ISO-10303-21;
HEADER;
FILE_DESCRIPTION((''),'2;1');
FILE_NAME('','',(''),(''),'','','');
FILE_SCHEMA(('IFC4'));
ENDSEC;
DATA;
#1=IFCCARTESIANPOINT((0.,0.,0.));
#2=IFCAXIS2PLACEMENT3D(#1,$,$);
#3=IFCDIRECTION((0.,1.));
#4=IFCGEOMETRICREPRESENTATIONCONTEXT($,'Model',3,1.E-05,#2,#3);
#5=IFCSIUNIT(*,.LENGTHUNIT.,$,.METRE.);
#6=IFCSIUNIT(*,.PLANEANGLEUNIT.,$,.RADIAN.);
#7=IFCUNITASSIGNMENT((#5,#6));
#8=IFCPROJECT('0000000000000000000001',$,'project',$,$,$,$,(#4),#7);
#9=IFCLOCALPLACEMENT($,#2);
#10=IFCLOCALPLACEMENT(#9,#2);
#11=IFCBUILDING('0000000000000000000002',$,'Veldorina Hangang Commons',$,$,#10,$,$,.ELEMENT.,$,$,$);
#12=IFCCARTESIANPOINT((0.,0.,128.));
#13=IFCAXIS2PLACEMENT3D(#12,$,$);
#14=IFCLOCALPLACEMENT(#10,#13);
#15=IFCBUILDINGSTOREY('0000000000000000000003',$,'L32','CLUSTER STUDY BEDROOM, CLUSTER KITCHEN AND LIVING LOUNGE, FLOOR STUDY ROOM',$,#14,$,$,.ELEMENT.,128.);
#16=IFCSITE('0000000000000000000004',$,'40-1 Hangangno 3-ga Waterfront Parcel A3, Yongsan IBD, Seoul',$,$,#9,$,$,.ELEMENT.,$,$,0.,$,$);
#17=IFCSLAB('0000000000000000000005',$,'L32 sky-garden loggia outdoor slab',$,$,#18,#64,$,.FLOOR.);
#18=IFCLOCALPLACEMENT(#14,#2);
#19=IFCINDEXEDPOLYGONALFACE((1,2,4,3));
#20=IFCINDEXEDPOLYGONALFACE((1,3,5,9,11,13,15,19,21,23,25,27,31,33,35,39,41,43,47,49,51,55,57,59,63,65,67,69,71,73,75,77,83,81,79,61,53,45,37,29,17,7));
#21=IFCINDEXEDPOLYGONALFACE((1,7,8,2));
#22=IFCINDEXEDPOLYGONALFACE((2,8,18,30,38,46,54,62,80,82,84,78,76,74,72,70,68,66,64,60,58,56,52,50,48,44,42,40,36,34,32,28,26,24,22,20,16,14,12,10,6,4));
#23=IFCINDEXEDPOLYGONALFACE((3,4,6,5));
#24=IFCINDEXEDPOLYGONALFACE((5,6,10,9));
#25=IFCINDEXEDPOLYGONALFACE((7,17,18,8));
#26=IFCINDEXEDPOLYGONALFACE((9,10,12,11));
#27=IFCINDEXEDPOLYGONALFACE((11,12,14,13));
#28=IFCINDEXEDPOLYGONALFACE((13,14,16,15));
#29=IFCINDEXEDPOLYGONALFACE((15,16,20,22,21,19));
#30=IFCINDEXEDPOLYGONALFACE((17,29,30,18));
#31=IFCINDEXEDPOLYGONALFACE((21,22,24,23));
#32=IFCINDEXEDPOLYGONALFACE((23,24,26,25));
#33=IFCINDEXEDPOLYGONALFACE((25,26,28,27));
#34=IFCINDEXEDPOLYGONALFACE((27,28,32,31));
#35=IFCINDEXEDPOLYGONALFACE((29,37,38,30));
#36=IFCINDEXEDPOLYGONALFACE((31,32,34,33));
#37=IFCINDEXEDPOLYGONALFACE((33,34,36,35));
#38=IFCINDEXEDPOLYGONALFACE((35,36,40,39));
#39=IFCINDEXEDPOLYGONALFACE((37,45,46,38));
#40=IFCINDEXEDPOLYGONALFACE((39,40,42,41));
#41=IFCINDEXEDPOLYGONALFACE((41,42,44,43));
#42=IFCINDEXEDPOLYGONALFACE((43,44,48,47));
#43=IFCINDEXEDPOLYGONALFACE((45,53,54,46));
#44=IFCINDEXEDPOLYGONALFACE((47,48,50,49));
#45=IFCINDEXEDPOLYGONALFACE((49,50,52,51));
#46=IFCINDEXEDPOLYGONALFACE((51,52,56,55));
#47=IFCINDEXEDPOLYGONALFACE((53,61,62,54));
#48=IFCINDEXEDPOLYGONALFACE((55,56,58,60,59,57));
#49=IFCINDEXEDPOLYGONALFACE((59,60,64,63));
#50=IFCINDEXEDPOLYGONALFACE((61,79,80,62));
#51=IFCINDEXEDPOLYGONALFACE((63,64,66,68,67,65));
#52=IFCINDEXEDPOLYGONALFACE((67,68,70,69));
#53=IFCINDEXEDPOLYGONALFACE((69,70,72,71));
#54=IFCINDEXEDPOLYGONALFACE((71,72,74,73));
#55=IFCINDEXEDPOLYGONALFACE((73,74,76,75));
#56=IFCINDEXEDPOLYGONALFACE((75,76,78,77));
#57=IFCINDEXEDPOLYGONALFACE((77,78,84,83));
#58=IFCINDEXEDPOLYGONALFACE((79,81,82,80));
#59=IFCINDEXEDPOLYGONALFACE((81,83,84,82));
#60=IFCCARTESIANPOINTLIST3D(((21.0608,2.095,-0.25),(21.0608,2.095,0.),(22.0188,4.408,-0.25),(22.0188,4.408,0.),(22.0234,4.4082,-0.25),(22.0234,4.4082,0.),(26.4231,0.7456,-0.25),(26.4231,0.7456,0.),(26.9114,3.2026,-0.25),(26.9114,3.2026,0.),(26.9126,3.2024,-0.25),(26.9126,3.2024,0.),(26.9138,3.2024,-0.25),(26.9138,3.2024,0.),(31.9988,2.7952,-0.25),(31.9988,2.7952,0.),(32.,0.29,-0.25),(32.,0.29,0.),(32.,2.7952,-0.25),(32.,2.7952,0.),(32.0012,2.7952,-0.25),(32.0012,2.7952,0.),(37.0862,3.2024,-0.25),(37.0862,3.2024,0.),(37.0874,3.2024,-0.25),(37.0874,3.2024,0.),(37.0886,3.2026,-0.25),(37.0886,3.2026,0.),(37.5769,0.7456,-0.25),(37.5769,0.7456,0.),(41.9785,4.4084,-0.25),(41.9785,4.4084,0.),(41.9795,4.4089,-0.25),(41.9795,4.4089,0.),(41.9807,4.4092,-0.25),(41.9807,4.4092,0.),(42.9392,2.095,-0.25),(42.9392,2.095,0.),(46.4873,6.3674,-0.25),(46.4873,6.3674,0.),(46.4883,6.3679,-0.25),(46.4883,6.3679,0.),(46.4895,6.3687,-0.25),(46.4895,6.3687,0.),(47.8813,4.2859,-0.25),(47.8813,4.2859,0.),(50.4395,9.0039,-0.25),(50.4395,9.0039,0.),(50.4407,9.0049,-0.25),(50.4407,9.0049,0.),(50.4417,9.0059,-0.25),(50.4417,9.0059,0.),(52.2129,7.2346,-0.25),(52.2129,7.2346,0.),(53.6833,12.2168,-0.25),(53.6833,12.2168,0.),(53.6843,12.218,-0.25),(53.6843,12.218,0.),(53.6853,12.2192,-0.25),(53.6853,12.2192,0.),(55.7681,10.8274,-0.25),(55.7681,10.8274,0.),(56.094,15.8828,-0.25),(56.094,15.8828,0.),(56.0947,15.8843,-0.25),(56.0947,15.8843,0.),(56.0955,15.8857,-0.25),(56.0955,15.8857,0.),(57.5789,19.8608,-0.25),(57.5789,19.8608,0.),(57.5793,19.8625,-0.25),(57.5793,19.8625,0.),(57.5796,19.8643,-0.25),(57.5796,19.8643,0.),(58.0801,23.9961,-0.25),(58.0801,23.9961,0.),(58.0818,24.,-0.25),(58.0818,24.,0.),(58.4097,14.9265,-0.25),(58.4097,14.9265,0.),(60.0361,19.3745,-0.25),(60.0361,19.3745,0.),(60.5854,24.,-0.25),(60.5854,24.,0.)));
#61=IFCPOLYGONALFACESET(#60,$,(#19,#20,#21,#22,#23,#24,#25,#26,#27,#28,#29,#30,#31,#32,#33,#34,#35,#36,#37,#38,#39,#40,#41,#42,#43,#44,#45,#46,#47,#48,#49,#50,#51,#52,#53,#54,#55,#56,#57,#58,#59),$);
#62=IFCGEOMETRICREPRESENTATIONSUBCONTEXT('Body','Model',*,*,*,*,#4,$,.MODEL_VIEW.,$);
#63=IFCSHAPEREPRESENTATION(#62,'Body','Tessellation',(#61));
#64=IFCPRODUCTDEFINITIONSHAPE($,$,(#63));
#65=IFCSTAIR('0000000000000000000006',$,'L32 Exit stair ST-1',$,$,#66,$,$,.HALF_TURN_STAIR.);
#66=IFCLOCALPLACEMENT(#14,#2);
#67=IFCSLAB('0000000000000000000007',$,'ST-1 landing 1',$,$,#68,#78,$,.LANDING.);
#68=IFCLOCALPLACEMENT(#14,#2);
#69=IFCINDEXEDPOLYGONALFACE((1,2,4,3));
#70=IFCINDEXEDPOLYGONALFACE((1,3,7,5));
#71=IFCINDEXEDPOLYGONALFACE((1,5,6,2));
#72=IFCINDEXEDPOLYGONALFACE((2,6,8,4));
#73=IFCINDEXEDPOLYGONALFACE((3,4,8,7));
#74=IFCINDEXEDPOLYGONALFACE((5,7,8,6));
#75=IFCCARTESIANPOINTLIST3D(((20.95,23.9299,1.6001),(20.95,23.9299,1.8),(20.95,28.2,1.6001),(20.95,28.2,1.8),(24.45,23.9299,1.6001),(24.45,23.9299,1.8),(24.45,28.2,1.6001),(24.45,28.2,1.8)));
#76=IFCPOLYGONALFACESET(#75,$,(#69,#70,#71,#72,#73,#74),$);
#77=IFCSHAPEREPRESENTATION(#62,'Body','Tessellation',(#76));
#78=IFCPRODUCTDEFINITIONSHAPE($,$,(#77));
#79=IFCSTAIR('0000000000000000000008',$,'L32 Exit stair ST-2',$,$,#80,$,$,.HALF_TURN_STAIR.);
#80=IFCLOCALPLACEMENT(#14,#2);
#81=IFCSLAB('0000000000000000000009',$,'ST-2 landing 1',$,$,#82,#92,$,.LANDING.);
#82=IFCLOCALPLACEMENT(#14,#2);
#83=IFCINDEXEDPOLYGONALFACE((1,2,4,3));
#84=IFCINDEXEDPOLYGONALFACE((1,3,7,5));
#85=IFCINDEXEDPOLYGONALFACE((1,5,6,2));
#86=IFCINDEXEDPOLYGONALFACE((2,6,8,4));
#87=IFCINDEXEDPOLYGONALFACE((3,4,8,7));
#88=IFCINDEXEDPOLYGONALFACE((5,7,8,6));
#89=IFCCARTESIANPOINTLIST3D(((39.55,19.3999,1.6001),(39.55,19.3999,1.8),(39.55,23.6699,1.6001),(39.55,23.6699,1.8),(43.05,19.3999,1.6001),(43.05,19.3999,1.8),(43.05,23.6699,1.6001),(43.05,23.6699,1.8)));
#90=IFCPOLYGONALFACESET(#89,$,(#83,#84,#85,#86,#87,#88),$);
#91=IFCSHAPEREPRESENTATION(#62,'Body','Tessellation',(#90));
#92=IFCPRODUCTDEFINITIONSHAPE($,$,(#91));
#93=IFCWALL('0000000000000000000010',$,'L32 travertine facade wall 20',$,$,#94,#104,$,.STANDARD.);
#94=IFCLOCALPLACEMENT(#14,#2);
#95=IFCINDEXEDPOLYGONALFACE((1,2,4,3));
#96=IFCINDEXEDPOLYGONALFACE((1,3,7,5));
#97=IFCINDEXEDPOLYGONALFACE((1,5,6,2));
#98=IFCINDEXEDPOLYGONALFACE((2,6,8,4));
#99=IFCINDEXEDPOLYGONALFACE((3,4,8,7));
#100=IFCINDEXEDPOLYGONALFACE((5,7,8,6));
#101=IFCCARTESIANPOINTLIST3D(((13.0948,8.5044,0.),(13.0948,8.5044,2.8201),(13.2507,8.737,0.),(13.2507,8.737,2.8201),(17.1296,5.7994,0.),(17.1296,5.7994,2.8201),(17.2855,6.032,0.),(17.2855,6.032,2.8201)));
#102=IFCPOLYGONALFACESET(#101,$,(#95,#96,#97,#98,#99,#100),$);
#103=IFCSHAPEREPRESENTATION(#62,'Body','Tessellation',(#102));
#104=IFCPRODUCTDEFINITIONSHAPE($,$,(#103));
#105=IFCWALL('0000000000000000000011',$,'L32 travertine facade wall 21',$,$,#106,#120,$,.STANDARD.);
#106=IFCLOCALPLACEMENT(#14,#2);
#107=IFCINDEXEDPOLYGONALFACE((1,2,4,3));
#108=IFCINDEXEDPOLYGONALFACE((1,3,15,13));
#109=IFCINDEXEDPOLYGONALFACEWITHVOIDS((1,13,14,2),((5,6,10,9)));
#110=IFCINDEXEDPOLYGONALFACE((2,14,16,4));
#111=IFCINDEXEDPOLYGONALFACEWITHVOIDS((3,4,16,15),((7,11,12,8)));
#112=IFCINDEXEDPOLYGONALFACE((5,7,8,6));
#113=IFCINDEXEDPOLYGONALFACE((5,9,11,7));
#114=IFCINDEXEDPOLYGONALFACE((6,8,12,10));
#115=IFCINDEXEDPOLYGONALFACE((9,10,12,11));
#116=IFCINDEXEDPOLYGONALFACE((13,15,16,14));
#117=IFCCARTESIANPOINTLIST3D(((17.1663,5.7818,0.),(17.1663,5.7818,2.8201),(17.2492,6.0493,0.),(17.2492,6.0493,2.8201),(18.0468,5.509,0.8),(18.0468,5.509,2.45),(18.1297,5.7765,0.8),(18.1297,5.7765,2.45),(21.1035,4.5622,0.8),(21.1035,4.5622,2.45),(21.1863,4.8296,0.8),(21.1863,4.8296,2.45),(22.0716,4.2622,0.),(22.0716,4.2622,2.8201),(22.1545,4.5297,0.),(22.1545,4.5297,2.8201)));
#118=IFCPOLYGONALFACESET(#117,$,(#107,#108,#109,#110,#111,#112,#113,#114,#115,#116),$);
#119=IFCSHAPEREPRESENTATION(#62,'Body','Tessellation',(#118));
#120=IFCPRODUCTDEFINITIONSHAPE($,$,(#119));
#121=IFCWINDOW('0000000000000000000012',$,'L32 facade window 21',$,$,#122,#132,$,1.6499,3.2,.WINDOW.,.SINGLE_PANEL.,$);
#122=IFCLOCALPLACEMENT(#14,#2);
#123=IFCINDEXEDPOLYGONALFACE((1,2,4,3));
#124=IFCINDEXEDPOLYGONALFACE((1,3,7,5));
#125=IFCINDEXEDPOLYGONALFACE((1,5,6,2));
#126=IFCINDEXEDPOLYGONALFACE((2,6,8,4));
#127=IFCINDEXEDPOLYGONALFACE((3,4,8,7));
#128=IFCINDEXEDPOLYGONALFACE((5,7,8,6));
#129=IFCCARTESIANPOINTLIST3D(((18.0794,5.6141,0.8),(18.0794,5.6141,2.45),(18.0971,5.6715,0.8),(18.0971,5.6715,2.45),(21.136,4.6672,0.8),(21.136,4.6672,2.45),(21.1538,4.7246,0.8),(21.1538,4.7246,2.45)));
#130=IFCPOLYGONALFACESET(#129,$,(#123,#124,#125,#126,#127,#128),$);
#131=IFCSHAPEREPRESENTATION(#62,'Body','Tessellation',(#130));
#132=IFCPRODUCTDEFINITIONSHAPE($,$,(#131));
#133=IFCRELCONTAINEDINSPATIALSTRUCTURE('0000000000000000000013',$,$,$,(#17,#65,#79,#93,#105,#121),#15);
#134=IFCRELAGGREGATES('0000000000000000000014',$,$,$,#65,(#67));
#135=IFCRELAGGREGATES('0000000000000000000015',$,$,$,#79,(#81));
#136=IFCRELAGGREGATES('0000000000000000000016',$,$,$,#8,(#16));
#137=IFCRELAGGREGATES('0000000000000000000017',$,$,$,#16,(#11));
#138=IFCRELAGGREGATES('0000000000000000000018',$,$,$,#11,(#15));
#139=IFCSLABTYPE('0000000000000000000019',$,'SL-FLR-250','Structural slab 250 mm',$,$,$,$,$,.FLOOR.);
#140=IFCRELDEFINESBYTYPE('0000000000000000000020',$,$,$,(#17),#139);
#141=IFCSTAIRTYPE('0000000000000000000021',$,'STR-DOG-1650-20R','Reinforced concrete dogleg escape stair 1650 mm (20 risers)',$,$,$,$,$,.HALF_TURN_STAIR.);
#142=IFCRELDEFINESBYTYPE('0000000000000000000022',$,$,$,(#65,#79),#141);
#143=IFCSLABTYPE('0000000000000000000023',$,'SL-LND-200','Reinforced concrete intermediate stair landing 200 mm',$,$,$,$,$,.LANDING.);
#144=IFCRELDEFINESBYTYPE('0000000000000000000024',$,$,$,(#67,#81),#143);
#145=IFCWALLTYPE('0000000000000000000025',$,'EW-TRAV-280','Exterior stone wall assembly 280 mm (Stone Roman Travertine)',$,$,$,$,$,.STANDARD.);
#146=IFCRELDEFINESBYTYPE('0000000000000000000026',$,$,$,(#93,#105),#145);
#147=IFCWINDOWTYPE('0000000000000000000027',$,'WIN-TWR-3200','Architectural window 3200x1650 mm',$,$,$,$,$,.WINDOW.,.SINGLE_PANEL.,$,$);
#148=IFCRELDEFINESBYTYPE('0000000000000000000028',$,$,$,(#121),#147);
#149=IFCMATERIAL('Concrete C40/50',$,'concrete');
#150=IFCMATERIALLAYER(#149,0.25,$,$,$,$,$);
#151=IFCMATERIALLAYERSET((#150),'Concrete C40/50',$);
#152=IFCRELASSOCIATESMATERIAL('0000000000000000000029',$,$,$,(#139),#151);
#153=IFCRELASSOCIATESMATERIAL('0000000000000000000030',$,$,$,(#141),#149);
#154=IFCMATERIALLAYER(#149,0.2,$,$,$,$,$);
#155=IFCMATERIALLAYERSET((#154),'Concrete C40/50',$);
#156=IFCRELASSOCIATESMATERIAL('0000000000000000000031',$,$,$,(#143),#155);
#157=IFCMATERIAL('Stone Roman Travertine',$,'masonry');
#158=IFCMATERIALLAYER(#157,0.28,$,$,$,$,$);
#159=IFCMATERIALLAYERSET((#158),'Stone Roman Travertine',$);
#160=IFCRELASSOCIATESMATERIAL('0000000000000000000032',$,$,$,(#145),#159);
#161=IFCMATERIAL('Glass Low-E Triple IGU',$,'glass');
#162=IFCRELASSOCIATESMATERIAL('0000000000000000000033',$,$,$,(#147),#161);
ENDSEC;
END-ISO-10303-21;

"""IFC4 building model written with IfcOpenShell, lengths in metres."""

from ifc_helpers import new_model, si_unit, direction, frame, frame_2d, origin, place, context, subcontext, project, spatial, polyline, rectangle, outline, extrude, material, layer, layer_set, type_object, element, fill, aggregate, save


model = new_model("IFC4")

# Units and contexts
model_context = context("Model", 3, precision=1e-05, world=origin(), true_north=direction((0.0, 1.0)))
body_context = subcontext(model_context, "Body", "Model", "MODEL_VIEW")
ifc_project = project(units=[si_unit("LENGTHUNIT", "METRE"), si_unit("PLANEANGLEUNIT", "RADIAN")], contexts=[model_context])

# Site, building, storey
site_placement = place(None, origin())
site = spatial("IfcSite", under=ifc_project, at=site_placement, Name="40-1 Hangangno 3-ga Waterfront Parcel A3, Yongsan IBD, Seoul", CompositionType="ELEMENT", RefElevation=0.0)
building_placement = place(site_placement, origin())
building = spatial("IfcBuilding", under=site, at=building_placement, Name="Veldorina Hangang Commons", CompositionType="ELEMENT")
storey_placement = place(building_placement, frame((0.0, 0.0, 128.0)))
storey = spatial("IfcBuildingStorey", under=building, at=storey_placement, Name="L32", Description="CLUSTER STUDY BEDROOM, CLUSTER KITCHEN AND LIVING LOUNGE, FLOOR STUDY ROOM", CompositionType="ELEMENT", Elevation=128.0)

# Slab
ifc_material_1 = material(Name="Concrete C40/50", Category="concrete")
ifc_layer_1 = layer(ifc_material_1, 0.25)
ifc_layer_set_1 = layer_set([ifc_layer_1], Name="Concrete C40/50")
slab_type_1 = type_object("IfcSlabType", Name="SL-FLR-250", Description="Structural slab 250 mm", PredefinedType="FLOOR", material=ifc_layer_set_1)
slab_1_placement = place(storey_placement, frame((0.0, 0.0, -0.25)))
element("IfcSlab", 1, at=slab_1_placement, inside=storey, type_object=slab_type_1, Name="L32 sky-garden loggia outdoor slab", PredefinedType="FLOOR", context=body_context, shape_type="SweptSolid", body=[
    extrude(outline(polyline([(60.5854, 24.0), (60.0361, 19.3745), (58.4097, 14.9265), (55.7681, 10.8274), (52.2129, 7.2346), (47.8813, 4.2859), (42.9392, 2.095), (37.5769, 0.7456), (32.0, 0.29), (26.4231, 0.7456), (21.0608, 2.095), (22.0188, 4.408), (22.0234, 4.4082), (26.9114, 3.2026), (26.9126, 3.2024), (26.9138, 3.2024), (31.9988, 2.7952), (32.0, 2.7952), (32.0012, 2.7952), (37.0862, 3.2024), (37.0874, 3.2024), (37.0886, 3.2026), (41.9785, 4.4084), (41.9795, 4.4089), (41.9807, 4.4092), (46.4873, 6.3674), (46.4883, 6.3679), (46.4895, 6.3687), (50.4395, 9.0039), (50.4407, 9.0049), (50.4417, 9.0059), (53.6833, 12.2168), (53.6843, 12.218), (53.6853, 12.2192), (56.094, 15.8828), (56.0947, 15.8843), (56.0955, 15.8857), (57.5789, 19.8608), (57.5793, 19.8625), (57.5796, 19.8643), (58.0801, 23.9961), (58.0818, 24.0), (60.5854, 24.0)])), origin(), (0.0, 0.0, 1.0), 0.25),
])

# Stairs, slabs
stair_type = type_object("IfcStairType", Name="STR-DOG-1650-20R", Description="Reinforced concrete dogleg escape stair 1650 mm (20 risers)", PredefinedType="HALF_TURN_STAIR", material=ifc_material_1)
stair_1_placement = place(storey_placement, origin())
stair_1 = element("IfcStair", 2, at=stair_1_placement, inside=storey, type_object=stair_type, Name="L32 Exit stair ST-1", PredefinedType="HALF_TURN_STAIR")
ifc_layer_2 = layer(ifc_material_1, 0.2)
ifc_layer_set_2 = layer_set([ifc_layer_2], Name="Concrete C40/50")
slab_type_2 = type_object("IfcSlabType", Name="SL-LND-200", Description="Reinforced concrete intermediate stair landing 200 mm", PredefinedType="LANDING", material=ifc_layer_set_2)
slab_2_placement = place(storey_placement, frame((0.0, 0.0, 1.6001)))
slab_2 = element("IfcSlab", 3, at=slab_2_placement, type_object=slab_type_2, Name="ST-1 landing 1", PredefinedType="LANDING", context=body_context, shape_type="SweptSolid", body=[
    extrude(outline(polyline([(24.45, 23.9299), (24.45, 28.2), (20.95, 28.2), (20.95, 23.9299), (24.45, 23.9299)])), origin(), (0.0, 0.0, 1.0), 0.2),
])
aggregate(stair_1, [slab_2])
stair_2_placement = place(storey_placement, origin())
stair_2 = element("IfcStair", 4, at=stair_2_placement, inside=storey, type_object=stair_type, Name="L32 Exit stair ST-2", PredefinedType="HALF_TURN_STAIR")
slab_3_placement = place(storey_placement, frame((0.0, 0.0, 1.6001)))
slab_3 = element("IfcSlab", 5, at=slab_3_placement, type_object=slab_type_2, Name="ST-2 landing 1", PredefinedType="LANDING", context=body_context, shape_type="SweptSolid", body=[
    extrude(outline(polyline([(39.55, 23.6699), (39.55, 19.3999), (43.05, 19.3999), (43.05, 23.6699), (39.55, 23.6699)])), origin(), (0.0, 0.0, 1.0), 0.2),
])
aggregate(stair_2, [slab_3])

# Wall
ifc_material_2 = material(Name="Stone Roman Travertine", Category="masonry")
ifc_layer_3 = layer(ifc_material_2, 0.28)
ifc_layer_set_3 = layer_set([ifc_layer_3], Name="Stone Roman Travertine")
wall_type = type_object("IfcWallType", Name="EW-TRAV-280", Description="Exterior stone wall assembly 280 mm (Stone Roman Travertine)", PredefinedType="STANDARD", material=ifc_layer_set_3)
wall_1_placement = place(storey_placement, frame((13.1729, 8.6206, 0.0), z_axis=(0.0, 0.0, 1.0), x_axis=(0.830609, -0.556856, 0.0)))
element("IfcWall", 6, at=wall_1_placement, inside=storey, type_object=wall_type, Name="L32 travertine facade wall 20", PredefinedType="STANDARD", context=body_context, shape_type="SweptSolid", body=[
    extrude(rectangle(XDim=4.8577, YDim=0.28, at=frame_2d((2.4287, 0.0))), origin(), (0.0, 0.0, 1.0), 2.8201),
])

# Wall, opening, window
wall_2_placement = place(storey_placement, frame((17.2078, 5.9155, 0.0), z_axis=(0.0, 0.0, 1.0), x_axis=(0.955218, -0.295903, 0.0)))
wall_2 = element("IfcWall", 7, at=wall_2_placement, inside=storey, type_object=wall_type, Name="L32 travertine facade wall 21", PredefinedType="STANDARD", context=body_context, shape_type="SweptSolid", body=[
    extrude(rectangle(XDim=5.1353, YDim=0.28, at=frame_2d((2.5676, 0.0))), origin(), (0.0, 0.0, 1.0), 2.8201),
])
opening_placement = place(wall_2_placement, frame((0.9216, 0.0, 0.8)))
opening = element("IfcOpeningElement", 8, at=opening_placement, cuts=wall_2, PredefinedType="OPENING", context=body_context, shape_type="SweptSolid", body=[
    extrude(rectangle(XDim=3.2, YDim=1.6499, at=frame_2d((1.6001, 0.825))), frame((0.0, 0.1499, 0.0), z_axis=(0.0, -1.0, 0.0), x_axis=(1.0, 0.0, 0.0)), (0.0, 0.0, 1.0), 0.3),
])
ifc_material_3 = material(Name="Glass Low-E Triple IGU", Category="glass")
window_type = type_object("IfcWindowType", Name="WIN-TWR-3200", Description="Architectural window 3200x1650 mm", PartitioningType="SINGLE_PANEL", PredefinedType="WINDOW", material=ifc_material_3)
window_placement = place(opening_placement, origin())
window = element("IfcWindow", 9, at=window_placement, inside=storey, type_object=window_type, Name="L32 facade window 21", OverallHeight=1.6499, OverallWidth=3.2, PartitioningType="SINGLE_PANEL", PredefinedType="WINDOW", context=body_context, shape_type="SweptSolid", body=[
    extrude(rectangle(XDim=3.2, YDim=1.6499, at=frame_2d((1.6001, 0.825))), frame((0.0, 0.03, 0.0), z_axis=(0.0, -1.0, 0.0), x_axis=(1.0, 0.0, 0.0)), (0.0, 0.0, 1.0), 0.0601),
])
fill(opening, window)

save(model, "model.ifc")
